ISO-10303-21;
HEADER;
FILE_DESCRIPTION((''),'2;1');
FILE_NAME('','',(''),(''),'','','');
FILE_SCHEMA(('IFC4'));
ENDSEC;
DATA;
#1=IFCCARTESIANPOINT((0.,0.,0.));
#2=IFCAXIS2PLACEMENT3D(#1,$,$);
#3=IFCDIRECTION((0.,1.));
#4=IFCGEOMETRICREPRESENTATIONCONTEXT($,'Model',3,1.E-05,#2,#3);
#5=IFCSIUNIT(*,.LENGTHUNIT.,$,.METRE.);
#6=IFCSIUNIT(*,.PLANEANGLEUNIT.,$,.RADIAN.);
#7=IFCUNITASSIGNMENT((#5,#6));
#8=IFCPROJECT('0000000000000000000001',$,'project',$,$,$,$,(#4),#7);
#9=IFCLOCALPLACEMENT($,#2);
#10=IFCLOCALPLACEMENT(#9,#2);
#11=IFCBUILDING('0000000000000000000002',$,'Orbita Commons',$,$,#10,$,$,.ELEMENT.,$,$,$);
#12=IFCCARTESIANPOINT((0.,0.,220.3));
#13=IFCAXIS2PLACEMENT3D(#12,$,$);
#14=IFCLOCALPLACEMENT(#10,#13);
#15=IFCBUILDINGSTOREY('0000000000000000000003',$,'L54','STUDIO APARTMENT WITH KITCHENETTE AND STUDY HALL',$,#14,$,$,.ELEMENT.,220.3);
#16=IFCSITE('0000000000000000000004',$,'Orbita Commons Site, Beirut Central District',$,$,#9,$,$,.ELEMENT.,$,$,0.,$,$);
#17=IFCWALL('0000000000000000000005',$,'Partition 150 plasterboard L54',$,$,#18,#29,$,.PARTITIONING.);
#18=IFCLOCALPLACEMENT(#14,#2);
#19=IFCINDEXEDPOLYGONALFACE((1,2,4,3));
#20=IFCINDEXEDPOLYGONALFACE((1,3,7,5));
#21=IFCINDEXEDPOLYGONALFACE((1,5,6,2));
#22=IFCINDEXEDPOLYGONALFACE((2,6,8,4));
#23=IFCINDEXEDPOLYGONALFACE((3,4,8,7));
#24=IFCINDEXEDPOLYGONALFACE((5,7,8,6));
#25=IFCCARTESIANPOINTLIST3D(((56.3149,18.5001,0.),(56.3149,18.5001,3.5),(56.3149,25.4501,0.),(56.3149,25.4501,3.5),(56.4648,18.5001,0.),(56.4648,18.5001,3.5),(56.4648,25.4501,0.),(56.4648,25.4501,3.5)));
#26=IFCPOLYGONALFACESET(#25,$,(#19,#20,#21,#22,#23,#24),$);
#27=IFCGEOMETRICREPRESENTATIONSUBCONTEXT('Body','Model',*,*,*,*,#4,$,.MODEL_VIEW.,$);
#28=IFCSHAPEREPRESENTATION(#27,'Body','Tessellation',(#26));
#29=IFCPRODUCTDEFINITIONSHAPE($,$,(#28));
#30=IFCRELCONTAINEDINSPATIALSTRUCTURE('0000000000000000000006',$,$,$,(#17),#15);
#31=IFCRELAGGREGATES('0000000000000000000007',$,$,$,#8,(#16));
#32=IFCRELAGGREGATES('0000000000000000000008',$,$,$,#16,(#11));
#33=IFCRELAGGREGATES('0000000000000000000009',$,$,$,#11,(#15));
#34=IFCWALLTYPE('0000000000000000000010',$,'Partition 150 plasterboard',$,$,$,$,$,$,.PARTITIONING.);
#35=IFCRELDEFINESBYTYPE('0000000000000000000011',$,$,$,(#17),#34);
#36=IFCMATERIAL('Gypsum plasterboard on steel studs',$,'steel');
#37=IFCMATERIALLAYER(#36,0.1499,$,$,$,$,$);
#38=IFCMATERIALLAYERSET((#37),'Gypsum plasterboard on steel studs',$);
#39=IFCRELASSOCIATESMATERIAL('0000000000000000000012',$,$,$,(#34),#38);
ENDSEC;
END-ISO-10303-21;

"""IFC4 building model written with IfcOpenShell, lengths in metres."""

from ifc_helpers import new_model, si_unit, direction, frame, frame_2d, origin, place, context, subcontext, project, spatial, rectangle, extrude, material, layer, layer_set, type_object, element, save


model = new_model("IFC4")

# Units and contexts
model_context = context("Model", 3, precision=1e-05, world=origin(), true_north=direction((0.0, 1.0)))
body_context = subcontext(model_context, "Body", "Model", "MODEL_VIEW")
ifc_project = project(units=[si_unit("LENGTHUNIT", "METRE"), si_unit("PLANEANGLEUNIT", "RADIAN")], contexts=[model_context])

# Site, building, storey
site_placement = place(None, origin())
site = spatial("IfcSite", under=ifc_project, at=site_placement, Name="Orbita Commons Site, Beirut Central District", CompositionType="ELEMENT", RefElevation=0.0)
building_placement = place(site_placement, origin())
building = spatial("IfcBuilding", under=site, at=building_placement, Name="Orbita Commons", CompositionType="ELEMENT")
storey_placement = place(building_placement, frame((0.0, 0.0, 220.3)))
storey = spatial("IfcBuildingStorey", under=building, at=storey_placement, Name="L54", Description="STUDIO APARTMENT WITH KITCHENETTE AND STUDY HALL", CompositionType="ELEMENT", Elevation=220.3)

# Wall
ifc_material_1 = material(Name="Gypsum plasterboard on steel studs", Category="steel")
ifc_layer_1 = layer(ifc_material_1, 0.1499)
ifc_layer_set_1 = layer_set([ifc_layer_1], Name="Gypsum plasterboard on steel studs")
wall_type_1 = type_object("IfcWallType", Name="Partition 150 plasterboard", PredefinedType="PARTITIONING", material=ifc_layer_set_1)
for number, where, z_axis, x_axis, name in (
    (1, (56.3899, 18.5, 0.0), (0.0, 0.0, 1.0), (0.0, 1.0, 0.0), "Partition 150 plasterboard L54"),
):
    element("IfcWall", number, at=place(storey_placement, frame(where, z_axis=z_axis, x_axis=x_axis)), inside=storey, type_object=wall_type_1, Name=name, PredefinedType="PARTITIONING", context=body_context, shape_type="SweptSolid", body=[
        extrude(rectangle(XDim=6.95, YDim=0.1499, at=frame_2d((3.4751, 0.0))), origin(), (0.0, 0.0, 1.0), 3.5),
    ])

save(model, "model.ifc")
